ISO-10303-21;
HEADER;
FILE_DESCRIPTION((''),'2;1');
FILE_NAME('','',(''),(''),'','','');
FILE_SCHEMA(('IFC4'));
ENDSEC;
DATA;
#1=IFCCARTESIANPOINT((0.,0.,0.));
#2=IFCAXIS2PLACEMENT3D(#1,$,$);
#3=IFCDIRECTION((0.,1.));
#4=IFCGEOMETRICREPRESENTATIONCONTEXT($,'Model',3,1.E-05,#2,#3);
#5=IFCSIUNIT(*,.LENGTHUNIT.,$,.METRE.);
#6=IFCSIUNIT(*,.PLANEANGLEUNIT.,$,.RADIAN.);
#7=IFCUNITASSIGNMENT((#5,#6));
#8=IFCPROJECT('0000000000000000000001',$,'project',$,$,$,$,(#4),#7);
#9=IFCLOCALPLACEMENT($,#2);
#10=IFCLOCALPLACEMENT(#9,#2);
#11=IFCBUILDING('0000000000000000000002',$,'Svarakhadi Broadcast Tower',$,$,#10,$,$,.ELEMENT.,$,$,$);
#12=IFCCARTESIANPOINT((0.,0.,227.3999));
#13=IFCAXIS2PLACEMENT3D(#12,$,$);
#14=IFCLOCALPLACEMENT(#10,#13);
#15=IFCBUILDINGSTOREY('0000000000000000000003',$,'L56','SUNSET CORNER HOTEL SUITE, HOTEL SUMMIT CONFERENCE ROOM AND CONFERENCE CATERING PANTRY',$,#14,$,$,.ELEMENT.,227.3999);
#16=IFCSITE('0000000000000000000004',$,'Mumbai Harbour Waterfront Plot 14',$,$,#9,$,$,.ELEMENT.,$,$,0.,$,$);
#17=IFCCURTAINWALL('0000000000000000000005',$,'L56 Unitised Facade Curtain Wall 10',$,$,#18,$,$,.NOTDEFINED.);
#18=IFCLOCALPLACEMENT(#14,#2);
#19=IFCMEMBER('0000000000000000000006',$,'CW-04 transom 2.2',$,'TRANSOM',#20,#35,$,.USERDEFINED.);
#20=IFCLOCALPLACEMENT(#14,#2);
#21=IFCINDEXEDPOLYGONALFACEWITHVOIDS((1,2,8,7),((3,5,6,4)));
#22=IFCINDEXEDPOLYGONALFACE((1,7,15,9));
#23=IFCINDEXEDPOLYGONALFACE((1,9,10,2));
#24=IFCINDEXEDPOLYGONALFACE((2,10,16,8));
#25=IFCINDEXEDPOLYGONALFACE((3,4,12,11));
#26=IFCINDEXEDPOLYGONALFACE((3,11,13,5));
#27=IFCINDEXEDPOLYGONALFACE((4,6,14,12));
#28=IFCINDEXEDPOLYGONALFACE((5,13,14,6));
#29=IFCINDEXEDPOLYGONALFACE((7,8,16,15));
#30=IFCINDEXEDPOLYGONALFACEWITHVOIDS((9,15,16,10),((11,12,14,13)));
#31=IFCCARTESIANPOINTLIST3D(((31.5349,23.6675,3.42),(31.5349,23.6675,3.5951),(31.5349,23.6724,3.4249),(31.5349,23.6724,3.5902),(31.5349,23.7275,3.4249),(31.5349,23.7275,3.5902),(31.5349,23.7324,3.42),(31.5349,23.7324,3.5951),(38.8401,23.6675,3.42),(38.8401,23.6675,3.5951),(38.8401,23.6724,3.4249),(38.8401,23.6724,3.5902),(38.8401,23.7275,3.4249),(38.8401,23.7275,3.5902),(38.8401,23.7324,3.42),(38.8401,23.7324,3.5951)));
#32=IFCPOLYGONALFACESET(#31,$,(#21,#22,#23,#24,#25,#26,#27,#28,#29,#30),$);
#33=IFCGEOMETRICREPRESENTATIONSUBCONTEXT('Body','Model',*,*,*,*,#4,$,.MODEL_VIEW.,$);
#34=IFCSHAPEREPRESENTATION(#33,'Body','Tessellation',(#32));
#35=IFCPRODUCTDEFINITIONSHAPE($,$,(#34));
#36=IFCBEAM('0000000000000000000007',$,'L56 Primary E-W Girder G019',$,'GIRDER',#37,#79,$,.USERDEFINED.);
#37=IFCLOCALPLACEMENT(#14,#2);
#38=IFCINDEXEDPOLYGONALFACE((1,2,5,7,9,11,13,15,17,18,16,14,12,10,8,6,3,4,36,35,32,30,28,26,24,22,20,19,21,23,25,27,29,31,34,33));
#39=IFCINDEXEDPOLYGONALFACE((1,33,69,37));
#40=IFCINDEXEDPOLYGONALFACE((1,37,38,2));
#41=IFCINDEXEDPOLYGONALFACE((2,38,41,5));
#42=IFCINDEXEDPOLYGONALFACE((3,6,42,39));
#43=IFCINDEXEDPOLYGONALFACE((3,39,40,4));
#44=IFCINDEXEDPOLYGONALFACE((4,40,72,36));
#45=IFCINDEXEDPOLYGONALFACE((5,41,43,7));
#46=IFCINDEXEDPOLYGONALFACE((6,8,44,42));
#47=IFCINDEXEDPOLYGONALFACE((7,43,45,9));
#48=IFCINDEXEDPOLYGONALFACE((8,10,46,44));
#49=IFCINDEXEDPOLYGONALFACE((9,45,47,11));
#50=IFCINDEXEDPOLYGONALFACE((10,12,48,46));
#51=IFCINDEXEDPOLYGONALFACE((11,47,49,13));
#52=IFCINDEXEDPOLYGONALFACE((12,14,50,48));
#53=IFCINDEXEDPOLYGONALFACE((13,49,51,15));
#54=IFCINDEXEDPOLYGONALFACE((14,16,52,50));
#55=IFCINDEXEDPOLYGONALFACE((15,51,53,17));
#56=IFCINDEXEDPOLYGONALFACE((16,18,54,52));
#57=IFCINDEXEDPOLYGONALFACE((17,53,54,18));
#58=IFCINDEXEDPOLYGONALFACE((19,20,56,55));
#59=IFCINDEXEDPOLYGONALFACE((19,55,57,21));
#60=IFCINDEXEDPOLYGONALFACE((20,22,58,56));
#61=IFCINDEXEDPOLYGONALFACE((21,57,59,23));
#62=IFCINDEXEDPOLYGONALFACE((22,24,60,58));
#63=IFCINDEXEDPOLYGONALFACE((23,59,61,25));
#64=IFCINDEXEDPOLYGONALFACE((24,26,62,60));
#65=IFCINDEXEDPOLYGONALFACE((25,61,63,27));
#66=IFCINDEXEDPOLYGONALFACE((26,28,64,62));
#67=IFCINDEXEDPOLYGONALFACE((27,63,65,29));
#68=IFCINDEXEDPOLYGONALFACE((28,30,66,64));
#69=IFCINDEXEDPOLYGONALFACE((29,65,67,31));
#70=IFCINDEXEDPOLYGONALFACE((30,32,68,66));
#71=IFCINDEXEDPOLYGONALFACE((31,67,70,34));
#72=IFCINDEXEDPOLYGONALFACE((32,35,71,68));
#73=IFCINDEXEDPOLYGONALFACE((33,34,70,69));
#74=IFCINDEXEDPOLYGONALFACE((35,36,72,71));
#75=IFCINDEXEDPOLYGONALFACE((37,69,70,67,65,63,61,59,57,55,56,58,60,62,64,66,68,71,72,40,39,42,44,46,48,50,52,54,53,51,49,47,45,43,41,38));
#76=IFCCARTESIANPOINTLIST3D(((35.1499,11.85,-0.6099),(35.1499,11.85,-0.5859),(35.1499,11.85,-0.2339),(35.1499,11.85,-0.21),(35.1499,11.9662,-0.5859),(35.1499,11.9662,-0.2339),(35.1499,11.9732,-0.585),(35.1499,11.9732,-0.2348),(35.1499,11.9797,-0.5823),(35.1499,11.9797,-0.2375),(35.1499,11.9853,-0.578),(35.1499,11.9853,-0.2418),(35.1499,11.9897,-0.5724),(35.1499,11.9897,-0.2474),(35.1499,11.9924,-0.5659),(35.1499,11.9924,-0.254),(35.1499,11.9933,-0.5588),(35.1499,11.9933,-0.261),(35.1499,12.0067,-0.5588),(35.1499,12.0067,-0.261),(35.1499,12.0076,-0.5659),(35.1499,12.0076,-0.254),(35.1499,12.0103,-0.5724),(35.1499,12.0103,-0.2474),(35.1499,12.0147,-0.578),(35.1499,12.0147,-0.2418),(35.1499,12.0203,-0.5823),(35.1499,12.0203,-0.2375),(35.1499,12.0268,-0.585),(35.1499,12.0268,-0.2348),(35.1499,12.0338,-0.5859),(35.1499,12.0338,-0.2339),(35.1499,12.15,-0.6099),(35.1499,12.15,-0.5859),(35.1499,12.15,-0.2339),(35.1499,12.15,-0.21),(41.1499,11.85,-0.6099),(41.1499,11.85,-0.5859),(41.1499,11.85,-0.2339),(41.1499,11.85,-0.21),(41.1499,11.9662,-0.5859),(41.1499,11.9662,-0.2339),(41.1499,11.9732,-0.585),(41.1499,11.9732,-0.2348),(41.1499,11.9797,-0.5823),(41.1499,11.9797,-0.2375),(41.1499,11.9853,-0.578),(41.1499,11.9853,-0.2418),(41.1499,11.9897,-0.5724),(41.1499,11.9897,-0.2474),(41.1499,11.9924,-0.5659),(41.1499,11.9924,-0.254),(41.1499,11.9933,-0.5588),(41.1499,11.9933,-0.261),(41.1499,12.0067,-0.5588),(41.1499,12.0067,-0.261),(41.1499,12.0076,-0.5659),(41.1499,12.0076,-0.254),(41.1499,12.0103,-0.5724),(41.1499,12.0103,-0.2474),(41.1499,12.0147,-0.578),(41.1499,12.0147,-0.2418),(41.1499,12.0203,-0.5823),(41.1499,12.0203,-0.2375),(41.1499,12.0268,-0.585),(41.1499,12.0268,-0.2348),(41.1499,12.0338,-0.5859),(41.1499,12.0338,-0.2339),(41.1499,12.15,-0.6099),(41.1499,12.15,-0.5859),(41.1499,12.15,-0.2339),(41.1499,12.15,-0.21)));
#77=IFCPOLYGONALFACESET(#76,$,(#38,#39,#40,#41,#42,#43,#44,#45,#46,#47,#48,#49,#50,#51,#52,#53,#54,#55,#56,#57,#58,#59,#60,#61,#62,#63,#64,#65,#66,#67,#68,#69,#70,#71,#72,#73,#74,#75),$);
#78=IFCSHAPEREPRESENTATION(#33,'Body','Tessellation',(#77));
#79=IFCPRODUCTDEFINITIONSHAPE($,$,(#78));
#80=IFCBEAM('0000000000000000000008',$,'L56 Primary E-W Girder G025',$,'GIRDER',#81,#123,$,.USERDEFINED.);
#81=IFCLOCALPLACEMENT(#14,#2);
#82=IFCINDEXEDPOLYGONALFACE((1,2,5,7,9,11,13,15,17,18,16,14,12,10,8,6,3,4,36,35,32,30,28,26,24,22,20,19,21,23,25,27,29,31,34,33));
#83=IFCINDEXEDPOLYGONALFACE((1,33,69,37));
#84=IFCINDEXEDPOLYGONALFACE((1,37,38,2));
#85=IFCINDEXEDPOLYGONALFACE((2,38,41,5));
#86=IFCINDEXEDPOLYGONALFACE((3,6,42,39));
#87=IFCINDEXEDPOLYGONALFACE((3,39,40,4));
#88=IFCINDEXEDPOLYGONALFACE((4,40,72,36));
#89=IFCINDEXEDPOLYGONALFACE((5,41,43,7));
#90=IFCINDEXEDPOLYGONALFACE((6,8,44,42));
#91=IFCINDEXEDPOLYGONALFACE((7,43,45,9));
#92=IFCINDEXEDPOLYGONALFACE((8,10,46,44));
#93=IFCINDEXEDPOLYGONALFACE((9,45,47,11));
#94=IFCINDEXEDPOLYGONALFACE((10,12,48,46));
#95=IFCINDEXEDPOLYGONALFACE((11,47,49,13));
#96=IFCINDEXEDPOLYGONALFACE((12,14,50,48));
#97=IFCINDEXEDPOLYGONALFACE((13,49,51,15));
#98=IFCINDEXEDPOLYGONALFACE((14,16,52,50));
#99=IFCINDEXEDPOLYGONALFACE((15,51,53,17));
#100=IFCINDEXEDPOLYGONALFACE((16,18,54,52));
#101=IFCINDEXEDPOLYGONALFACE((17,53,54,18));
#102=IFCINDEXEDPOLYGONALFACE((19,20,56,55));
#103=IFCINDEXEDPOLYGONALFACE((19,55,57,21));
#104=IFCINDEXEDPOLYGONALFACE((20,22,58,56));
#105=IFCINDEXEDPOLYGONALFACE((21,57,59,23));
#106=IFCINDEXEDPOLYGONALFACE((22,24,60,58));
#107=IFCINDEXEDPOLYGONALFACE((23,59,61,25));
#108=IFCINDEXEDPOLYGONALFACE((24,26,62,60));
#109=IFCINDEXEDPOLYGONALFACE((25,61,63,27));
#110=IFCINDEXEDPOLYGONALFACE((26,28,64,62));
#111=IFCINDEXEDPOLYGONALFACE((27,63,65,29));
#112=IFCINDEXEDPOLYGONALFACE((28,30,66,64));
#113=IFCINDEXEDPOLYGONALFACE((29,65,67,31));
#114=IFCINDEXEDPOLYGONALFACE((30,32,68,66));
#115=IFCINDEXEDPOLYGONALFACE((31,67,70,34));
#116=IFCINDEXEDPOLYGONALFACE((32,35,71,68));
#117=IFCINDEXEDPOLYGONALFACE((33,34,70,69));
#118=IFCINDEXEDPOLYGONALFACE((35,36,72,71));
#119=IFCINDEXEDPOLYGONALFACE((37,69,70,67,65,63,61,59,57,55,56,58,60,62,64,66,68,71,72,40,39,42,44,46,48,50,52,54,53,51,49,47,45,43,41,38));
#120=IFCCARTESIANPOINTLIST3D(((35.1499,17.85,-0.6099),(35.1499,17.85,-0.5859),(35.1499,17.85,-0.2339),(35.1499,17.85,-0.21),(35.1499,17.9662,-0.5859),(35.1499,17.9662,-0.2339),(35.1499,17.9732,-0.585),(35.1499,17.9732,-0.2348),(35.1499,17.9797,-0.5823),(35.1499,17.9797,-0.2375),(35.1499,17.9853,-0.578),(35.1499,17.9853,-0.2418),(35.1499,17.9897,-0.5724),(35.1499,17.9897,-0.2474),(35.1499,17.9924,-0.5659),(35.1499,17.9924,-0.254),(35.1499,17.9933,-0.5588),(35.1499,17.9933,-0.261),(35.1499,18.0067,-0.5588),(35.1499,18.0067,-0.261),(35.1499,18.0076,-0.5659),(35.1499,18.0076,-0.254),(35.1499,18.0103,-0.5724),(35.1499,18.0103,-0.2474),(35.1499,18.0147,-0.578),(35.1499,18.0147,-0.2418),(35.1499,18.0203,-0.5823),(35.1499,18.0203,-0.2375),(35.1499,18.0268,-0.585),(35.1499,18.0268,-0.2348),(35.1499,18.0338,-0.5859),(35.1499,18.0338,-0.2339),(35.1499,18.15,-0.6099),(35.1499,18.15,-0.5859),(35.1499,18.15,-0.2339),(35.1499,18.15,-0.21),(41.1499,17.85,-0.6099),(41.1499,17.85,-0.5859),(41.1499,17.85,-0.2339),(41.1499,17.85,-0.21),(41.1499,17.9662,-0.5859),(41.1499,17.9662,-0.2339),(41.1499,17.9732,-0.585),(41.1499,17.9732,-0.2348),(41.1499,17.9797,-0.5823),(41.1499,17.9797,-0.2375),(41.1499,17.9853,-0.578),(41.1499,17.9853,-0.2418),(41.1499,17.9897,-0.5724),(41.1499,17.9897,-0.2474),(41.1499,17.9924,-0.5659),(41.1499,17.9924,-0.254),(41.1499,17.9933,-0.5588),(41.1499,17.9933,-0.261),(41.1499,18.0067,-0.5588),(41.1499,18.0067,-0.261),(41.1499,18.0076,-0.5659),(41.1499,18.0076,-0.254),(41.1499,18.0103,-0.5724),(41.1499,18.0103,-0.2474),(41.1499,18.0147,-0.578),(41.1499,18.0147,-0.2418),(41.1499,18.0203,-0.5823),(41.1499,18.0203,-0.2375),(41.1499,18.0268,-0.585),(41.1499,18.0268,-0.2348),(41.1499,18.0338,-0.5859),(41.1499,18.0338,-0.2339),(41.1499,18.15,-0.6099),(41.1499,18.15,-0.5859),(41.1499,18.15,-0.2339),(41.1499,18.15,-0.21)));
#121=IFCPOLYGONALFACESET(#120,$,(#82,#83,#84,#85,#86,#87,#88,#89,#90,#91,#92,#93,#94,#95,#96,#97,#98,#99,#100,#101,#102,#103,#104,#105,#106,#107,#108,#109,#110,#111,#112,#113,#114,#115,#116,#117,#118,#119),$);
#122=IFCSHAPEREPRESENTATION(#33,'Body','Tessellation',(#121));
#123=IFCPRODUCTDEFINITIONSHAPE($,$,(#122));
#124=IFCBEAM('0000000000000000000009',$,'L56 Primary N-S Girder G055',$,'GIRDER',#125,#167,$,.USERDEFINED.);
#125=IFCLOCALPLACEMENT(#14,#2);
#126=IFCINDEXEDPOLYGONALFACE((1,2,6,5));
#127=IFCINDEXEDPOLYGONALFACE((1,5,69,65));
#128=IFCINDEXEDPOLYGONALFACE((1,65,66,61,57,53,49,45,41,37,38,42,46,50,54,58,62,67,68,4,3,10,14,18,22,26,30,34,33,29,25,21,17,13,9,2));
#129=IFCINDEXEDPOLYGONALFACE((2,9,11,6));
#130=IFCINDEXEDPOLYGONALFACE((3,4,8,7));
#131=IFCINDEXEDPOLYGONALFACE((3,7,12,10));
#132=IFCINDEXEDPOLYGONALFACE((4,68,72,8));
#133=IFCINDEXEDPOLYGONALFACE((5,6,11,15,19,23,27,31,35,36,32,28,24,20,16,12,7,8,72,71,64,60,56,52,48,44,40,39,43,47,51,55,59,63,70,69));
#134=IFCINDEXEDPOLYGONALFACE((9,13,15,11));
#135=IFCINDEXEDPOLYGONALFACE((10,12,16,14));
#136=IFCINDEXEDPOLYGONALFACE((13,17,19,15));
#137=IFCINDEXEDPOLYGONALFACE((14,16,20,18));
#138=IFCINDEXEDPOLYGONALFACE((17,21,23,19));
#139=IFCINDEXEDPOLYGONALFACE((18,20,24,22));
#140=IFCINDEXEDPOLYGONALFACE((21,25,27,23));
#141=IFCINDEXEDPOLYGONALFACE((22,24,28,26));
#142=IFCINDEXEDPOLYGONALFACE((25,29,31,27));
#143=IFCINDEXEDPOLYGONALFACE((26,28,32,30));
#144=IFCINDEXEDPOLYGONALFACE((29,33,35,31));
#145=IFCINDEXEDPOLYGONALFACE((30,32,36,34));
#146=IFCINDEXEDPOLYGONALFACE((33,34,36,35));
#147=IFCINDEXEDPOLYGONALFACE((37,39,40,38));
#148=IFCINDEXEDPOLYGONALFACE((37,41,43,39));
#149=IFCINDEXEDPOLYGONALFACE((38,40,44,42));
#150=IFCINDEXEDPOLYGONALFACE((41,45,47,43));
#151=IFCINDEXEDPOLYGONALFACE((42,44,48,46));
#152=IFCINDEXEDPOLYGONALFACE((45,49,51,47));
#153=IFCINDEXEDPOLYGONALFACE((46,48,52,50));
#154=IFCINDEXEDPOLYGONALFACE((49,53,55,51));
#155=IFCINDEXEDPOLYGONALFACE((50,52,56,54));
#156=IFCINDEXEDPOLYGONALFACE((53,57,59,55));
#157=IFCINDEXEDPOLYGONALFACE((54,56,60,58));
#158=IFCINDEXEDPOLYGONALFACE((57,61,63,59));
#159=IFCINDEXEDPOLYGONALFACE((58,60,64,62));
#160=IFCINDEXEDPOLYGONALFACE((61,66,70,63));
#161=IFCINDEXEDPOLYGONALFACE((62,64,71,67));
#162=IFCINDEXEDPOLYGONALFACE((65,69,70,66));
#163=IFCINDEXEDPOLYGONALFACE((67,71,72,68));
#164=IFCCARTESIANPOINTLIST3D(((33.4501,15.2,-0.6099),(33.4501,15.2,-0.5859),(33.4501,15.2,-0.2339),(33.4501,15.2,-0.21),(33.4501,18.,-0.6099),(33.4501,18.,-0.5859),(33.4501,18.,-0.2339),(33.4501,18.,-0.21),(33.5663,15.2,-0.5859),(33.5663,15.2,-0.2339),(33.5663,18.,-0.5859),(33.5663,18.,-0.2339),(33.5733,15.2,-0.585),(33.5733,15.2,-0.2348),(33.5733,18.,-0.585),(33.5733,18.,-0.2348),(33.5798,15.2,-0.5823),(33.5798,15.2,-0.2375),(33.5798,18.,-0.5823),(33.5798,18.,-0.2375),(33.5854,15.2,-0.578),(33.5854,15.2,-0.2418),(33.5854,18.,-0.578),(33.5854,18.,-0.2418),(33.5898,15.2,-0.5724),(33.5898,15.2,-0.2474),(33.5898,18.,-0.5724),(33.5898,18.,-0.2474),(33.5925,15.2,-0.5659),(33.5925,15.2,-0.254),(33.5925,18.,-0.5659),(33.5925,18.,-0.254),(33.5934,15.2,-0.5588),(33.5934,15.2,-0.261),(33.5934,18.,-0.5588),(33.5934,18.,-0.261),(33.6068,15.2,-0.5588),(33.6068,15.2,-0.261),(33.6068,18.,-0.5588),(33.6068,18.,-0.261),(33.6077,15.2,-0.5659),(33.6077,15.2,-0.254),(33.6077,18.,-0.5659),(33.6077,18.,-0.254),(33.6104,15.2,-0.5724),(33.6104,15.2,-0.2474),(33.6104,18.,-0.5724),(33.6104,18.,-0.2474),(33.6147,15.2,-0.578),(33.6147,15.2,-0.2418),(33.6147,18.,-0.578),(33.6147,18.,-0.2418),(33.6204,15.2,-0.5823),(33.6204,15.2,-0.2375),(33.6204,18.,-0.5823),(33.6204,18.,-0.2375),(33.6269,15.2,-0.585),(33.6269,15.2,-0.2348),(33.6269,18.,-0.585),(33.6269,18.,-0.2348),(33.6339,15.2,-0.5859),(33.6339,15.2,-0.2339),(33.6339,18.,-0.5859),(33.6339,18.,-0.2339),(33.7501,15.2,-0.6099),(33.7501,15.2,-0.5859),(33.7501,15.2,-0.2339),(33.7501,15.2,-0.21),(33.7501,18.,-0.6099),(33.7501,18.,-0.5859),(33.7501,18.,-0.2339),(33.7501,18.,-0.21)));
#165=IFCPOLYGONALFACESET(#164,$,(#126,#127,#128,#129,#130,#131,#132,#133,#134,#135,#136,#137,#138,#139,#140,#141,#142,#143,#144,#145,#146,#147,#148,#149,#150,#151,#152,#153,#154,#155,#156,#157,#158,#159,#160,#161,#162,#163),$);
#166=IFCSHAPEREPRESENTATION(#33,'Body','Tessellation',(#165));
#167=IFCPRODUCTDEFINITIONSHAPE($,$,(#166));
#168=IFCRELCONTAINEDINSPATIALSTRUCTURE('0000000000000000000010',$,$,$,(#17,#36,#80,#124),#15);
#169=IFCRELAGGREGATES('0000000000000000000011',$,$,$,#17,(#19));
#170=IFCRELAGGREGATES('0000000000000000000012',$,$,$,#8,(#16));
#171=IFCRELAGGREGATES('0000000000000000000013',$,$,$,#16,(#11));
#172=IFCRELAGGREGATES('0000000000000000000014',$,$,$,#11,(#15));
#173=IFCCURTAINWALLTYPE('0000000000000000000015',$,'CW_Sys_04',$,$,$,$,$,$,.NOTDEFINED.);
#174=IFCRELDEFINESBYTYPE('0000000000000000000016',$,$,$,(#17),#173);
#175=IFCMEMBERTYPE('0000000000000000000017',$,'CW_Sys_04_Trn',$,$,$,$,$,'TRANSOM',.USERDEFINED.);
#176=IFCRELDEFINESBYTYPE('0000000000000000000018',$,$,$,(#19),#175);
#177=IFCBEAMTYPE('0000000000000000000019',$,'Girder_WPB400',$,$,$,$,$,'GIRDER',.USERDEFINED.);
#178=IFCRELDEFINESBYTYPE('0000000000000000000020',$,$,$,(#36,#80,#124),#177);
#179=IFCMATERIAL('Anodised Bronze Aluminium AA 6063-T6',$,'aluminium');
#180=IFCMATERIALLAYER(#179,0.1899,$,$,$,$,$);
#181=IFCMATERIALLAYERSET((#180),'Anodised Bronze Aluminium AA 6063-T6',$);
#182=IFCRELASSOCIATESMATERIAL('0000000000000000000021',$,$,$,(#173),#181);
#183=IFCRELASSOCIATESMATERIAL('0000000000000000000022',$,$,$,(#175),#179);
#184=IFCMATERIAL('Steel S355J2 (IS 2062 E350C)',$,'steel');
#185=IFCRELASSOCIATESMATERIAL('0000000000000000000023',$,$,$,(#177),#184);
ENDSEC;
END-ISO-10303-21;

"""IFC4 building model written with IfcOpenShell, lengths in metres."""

from ifc_helpers import new_model, si_unit, direction, frame, origin, origin_2d, place, context, subcontext, project, spatial, hollow_rectangle, i_section, extrude, material, layer, layer_set, material_profile, profile_set, type_object, element, aggregate, save


model = new_model("IFC4")

# Units and contexts
model_context = context("Model", 3, precision=1e-05, world=origin(), true_north=direction((0.0, 1.0)))
body_context = subcontext(model_context, "Body", "Model", "MODEL_VIEW")
ifc_project = project(units=[si_unit("LENGTHUNIT", "METRE"), si_unit("PLANEANGLEUNIT", "RADIAN")], contexts=[model_context])

# Site, building, storey
site_placement = place(None, origin())
site = spatial("IfcSite", under=ifc_project, at=site_placement, Name="Mumbai Harbour Waterfront Plot 14", CompositionType="ELEMENT", RefElevation=0.0)
building_placement = place(site_placement, origin())
building = spatial("IfcBuilding", under=site, at=building_placement, Name="Svarakhadi Broadcast Tower", CompositionType="ELEMENT")
storey_placement = place(building_placement, frame((0.0, 0.0, 227.3999)))
storey = spatial("IfcBuildingStorey", under=building, at=storey_placement, Name="L56", Description="SUNSET CORNER HOTEL SUITE, HOTEL SUMMIT CONFERENCE ROOM AND CONFERENCE CATERING PANTRY", CompositionType="ELEMENT", Elevation=227.3999)

# Shared definitions
ifc_material_1 = material(Name="Steel S355J2 (IS 2062 E350C)", Category="steel")

# Curtain wall, member
ifc_material_2 = material(Name="Anodised Bronze Aluminium AA 6063-T6", Category="aluminium")
ifc_layer_1 = layer(ifc_material_2, 0.1899)
ifc_layer_set_1 = layer_set([ifc_layer_1], Name="Anodised Bronze Aluminium AA 6063-T6")
curtain_wall_type = type_object("IfcCurtainWallType", Name="CW_Sys_04", PredefinedType="NOTDEFINED", material=ifc_layer_set_1)
curtain_wall_placement = place(storey_placement, origin())
curtain_wall = element("IfcCurtainWall", 1, at=curtain_wall_placement, inside=storey, type_object=curtain_wall_type, Name="L56 Unitised Facade Curtain Wall 10", PredefinedType="NOTDEFINED")
ifc_material_profile_1 = material_profile(ifc_material_2, hollow_rectangle(XDim=0.0649, YDim=0.175, WallThickness=0.0049, at=origin_2d()), Name="ALU TRANSOM 175x65x5")
ifc_profile_set_1 = profile_set([ifc_material_profile_1], Name="Anodised Bronze Aluminium AA 6063-T6")
member_type_1 = type_object("IfcMemberType", Name="CW_Sys_04_Trn", ElementType="TRANSOM", PredefinedType="USERDEFINED", material=ifc_profile_set_1)
member_1_placement = place(storey_placement, frame((31.5349, 23.7, 3.5076), z_axis=(1.0, 0.0, 0.0), x_axis=(0.0, 1.0, 0.0)))
member_1 = element("IfcMember", 2, at=member_1_placement, type_object=member_type_1, Name="CW-04 transom 2.2", ObjectType="TRANSOM", PredefinedType="USERDEFINED", context=body_context, shape_type="SweptSolid", body=[
    extrude(hollow_rectangle(XDim=0.0649, YDim=0.175, WallThickness=0.0049, at=origin_2d()), origin(), (0.0, 0.0, 1.0), 7.3052),
])

# Beams
ifc_material_profile_2 = material_profile(ifc_material_1, i_section(OverallWidth=0.3, OverallDepth=0.3999, WebThickness=0.0134, FlangeThickness=0.0239, FilletRadius=0.0271, at=origin_2d()), Name="WPB 400x300x155")
ifc_profile_set_2 = profile_set([ifc_material_profile_2], Name="Steel S355J2 (IS 2062 E350C)")
beam_type_1 = type_object("IfcBeamType", Name="Girder_WPB400", ElementType="GIRDER", PredefinedType="USERDEFINED", material=ifc_profile_set_2)
for number, where, z_axis, x_axis, name in (
    (3, (35.1499, 12.0, -0.4099), (1.0, 0.0, 0.0), (0.0, 1.0, 0.0), "L56 Primary E-W Girder G019"),
    (4, (35.1499, 18.0, -0.4099), (1.0, 0.0, 0.0), (0.0, 1.0, 0.0), "L56 Primary E-W Girder G025"),
):
    element("IfcBeam", number, at=place(storey_placement, frame(where, z_axis=z_axis, x_axis=x_axis)), inside=storey, type_object=beam_type_1, Name=name, ObjectType="GIRDER", PredefinedType="USERDEFINED", context=body_context, shape_type="SweptSolid", body=[
        extrude(i_section(OverallWidth=0.3, OverallDepth=0.3999, WebThickness=0.0134, FlangeThickness=0.0239, FilletRadius=0.0271, at=origin_2d()), origin(), (0.0, 0.0, 1.0), 6.0),
    ])
beam_1_placement = place(storey_placement, frame((33.6001, 15.2, -0.4099), z_axis=(0.0, 1.0, 0.0), x_axis=(-1.0, 0.0, 0.0)))
element("IfcBeam", 5, at=beam_1_placement, inside=storey, type_object=beam_type_1, Name="L56 Primary N-S Girder G055", ObjectType="GIRDER", PredefinedType="USERDEFINED", context=body_context, shape_type="SweptSolid", body=[
    extrude(i_section(OverallWidth=0.3, OverallDepth=0.3999, WebThickness=0.0134, FlangeThickness=0.0239, FilletRadius=0.0271, at=origin_2d()), origin(), (0.0, 0.0, 1.0), 2.8),
])

aggregate(curtain_wall, [member_1])

save(model, "model.ifc")
